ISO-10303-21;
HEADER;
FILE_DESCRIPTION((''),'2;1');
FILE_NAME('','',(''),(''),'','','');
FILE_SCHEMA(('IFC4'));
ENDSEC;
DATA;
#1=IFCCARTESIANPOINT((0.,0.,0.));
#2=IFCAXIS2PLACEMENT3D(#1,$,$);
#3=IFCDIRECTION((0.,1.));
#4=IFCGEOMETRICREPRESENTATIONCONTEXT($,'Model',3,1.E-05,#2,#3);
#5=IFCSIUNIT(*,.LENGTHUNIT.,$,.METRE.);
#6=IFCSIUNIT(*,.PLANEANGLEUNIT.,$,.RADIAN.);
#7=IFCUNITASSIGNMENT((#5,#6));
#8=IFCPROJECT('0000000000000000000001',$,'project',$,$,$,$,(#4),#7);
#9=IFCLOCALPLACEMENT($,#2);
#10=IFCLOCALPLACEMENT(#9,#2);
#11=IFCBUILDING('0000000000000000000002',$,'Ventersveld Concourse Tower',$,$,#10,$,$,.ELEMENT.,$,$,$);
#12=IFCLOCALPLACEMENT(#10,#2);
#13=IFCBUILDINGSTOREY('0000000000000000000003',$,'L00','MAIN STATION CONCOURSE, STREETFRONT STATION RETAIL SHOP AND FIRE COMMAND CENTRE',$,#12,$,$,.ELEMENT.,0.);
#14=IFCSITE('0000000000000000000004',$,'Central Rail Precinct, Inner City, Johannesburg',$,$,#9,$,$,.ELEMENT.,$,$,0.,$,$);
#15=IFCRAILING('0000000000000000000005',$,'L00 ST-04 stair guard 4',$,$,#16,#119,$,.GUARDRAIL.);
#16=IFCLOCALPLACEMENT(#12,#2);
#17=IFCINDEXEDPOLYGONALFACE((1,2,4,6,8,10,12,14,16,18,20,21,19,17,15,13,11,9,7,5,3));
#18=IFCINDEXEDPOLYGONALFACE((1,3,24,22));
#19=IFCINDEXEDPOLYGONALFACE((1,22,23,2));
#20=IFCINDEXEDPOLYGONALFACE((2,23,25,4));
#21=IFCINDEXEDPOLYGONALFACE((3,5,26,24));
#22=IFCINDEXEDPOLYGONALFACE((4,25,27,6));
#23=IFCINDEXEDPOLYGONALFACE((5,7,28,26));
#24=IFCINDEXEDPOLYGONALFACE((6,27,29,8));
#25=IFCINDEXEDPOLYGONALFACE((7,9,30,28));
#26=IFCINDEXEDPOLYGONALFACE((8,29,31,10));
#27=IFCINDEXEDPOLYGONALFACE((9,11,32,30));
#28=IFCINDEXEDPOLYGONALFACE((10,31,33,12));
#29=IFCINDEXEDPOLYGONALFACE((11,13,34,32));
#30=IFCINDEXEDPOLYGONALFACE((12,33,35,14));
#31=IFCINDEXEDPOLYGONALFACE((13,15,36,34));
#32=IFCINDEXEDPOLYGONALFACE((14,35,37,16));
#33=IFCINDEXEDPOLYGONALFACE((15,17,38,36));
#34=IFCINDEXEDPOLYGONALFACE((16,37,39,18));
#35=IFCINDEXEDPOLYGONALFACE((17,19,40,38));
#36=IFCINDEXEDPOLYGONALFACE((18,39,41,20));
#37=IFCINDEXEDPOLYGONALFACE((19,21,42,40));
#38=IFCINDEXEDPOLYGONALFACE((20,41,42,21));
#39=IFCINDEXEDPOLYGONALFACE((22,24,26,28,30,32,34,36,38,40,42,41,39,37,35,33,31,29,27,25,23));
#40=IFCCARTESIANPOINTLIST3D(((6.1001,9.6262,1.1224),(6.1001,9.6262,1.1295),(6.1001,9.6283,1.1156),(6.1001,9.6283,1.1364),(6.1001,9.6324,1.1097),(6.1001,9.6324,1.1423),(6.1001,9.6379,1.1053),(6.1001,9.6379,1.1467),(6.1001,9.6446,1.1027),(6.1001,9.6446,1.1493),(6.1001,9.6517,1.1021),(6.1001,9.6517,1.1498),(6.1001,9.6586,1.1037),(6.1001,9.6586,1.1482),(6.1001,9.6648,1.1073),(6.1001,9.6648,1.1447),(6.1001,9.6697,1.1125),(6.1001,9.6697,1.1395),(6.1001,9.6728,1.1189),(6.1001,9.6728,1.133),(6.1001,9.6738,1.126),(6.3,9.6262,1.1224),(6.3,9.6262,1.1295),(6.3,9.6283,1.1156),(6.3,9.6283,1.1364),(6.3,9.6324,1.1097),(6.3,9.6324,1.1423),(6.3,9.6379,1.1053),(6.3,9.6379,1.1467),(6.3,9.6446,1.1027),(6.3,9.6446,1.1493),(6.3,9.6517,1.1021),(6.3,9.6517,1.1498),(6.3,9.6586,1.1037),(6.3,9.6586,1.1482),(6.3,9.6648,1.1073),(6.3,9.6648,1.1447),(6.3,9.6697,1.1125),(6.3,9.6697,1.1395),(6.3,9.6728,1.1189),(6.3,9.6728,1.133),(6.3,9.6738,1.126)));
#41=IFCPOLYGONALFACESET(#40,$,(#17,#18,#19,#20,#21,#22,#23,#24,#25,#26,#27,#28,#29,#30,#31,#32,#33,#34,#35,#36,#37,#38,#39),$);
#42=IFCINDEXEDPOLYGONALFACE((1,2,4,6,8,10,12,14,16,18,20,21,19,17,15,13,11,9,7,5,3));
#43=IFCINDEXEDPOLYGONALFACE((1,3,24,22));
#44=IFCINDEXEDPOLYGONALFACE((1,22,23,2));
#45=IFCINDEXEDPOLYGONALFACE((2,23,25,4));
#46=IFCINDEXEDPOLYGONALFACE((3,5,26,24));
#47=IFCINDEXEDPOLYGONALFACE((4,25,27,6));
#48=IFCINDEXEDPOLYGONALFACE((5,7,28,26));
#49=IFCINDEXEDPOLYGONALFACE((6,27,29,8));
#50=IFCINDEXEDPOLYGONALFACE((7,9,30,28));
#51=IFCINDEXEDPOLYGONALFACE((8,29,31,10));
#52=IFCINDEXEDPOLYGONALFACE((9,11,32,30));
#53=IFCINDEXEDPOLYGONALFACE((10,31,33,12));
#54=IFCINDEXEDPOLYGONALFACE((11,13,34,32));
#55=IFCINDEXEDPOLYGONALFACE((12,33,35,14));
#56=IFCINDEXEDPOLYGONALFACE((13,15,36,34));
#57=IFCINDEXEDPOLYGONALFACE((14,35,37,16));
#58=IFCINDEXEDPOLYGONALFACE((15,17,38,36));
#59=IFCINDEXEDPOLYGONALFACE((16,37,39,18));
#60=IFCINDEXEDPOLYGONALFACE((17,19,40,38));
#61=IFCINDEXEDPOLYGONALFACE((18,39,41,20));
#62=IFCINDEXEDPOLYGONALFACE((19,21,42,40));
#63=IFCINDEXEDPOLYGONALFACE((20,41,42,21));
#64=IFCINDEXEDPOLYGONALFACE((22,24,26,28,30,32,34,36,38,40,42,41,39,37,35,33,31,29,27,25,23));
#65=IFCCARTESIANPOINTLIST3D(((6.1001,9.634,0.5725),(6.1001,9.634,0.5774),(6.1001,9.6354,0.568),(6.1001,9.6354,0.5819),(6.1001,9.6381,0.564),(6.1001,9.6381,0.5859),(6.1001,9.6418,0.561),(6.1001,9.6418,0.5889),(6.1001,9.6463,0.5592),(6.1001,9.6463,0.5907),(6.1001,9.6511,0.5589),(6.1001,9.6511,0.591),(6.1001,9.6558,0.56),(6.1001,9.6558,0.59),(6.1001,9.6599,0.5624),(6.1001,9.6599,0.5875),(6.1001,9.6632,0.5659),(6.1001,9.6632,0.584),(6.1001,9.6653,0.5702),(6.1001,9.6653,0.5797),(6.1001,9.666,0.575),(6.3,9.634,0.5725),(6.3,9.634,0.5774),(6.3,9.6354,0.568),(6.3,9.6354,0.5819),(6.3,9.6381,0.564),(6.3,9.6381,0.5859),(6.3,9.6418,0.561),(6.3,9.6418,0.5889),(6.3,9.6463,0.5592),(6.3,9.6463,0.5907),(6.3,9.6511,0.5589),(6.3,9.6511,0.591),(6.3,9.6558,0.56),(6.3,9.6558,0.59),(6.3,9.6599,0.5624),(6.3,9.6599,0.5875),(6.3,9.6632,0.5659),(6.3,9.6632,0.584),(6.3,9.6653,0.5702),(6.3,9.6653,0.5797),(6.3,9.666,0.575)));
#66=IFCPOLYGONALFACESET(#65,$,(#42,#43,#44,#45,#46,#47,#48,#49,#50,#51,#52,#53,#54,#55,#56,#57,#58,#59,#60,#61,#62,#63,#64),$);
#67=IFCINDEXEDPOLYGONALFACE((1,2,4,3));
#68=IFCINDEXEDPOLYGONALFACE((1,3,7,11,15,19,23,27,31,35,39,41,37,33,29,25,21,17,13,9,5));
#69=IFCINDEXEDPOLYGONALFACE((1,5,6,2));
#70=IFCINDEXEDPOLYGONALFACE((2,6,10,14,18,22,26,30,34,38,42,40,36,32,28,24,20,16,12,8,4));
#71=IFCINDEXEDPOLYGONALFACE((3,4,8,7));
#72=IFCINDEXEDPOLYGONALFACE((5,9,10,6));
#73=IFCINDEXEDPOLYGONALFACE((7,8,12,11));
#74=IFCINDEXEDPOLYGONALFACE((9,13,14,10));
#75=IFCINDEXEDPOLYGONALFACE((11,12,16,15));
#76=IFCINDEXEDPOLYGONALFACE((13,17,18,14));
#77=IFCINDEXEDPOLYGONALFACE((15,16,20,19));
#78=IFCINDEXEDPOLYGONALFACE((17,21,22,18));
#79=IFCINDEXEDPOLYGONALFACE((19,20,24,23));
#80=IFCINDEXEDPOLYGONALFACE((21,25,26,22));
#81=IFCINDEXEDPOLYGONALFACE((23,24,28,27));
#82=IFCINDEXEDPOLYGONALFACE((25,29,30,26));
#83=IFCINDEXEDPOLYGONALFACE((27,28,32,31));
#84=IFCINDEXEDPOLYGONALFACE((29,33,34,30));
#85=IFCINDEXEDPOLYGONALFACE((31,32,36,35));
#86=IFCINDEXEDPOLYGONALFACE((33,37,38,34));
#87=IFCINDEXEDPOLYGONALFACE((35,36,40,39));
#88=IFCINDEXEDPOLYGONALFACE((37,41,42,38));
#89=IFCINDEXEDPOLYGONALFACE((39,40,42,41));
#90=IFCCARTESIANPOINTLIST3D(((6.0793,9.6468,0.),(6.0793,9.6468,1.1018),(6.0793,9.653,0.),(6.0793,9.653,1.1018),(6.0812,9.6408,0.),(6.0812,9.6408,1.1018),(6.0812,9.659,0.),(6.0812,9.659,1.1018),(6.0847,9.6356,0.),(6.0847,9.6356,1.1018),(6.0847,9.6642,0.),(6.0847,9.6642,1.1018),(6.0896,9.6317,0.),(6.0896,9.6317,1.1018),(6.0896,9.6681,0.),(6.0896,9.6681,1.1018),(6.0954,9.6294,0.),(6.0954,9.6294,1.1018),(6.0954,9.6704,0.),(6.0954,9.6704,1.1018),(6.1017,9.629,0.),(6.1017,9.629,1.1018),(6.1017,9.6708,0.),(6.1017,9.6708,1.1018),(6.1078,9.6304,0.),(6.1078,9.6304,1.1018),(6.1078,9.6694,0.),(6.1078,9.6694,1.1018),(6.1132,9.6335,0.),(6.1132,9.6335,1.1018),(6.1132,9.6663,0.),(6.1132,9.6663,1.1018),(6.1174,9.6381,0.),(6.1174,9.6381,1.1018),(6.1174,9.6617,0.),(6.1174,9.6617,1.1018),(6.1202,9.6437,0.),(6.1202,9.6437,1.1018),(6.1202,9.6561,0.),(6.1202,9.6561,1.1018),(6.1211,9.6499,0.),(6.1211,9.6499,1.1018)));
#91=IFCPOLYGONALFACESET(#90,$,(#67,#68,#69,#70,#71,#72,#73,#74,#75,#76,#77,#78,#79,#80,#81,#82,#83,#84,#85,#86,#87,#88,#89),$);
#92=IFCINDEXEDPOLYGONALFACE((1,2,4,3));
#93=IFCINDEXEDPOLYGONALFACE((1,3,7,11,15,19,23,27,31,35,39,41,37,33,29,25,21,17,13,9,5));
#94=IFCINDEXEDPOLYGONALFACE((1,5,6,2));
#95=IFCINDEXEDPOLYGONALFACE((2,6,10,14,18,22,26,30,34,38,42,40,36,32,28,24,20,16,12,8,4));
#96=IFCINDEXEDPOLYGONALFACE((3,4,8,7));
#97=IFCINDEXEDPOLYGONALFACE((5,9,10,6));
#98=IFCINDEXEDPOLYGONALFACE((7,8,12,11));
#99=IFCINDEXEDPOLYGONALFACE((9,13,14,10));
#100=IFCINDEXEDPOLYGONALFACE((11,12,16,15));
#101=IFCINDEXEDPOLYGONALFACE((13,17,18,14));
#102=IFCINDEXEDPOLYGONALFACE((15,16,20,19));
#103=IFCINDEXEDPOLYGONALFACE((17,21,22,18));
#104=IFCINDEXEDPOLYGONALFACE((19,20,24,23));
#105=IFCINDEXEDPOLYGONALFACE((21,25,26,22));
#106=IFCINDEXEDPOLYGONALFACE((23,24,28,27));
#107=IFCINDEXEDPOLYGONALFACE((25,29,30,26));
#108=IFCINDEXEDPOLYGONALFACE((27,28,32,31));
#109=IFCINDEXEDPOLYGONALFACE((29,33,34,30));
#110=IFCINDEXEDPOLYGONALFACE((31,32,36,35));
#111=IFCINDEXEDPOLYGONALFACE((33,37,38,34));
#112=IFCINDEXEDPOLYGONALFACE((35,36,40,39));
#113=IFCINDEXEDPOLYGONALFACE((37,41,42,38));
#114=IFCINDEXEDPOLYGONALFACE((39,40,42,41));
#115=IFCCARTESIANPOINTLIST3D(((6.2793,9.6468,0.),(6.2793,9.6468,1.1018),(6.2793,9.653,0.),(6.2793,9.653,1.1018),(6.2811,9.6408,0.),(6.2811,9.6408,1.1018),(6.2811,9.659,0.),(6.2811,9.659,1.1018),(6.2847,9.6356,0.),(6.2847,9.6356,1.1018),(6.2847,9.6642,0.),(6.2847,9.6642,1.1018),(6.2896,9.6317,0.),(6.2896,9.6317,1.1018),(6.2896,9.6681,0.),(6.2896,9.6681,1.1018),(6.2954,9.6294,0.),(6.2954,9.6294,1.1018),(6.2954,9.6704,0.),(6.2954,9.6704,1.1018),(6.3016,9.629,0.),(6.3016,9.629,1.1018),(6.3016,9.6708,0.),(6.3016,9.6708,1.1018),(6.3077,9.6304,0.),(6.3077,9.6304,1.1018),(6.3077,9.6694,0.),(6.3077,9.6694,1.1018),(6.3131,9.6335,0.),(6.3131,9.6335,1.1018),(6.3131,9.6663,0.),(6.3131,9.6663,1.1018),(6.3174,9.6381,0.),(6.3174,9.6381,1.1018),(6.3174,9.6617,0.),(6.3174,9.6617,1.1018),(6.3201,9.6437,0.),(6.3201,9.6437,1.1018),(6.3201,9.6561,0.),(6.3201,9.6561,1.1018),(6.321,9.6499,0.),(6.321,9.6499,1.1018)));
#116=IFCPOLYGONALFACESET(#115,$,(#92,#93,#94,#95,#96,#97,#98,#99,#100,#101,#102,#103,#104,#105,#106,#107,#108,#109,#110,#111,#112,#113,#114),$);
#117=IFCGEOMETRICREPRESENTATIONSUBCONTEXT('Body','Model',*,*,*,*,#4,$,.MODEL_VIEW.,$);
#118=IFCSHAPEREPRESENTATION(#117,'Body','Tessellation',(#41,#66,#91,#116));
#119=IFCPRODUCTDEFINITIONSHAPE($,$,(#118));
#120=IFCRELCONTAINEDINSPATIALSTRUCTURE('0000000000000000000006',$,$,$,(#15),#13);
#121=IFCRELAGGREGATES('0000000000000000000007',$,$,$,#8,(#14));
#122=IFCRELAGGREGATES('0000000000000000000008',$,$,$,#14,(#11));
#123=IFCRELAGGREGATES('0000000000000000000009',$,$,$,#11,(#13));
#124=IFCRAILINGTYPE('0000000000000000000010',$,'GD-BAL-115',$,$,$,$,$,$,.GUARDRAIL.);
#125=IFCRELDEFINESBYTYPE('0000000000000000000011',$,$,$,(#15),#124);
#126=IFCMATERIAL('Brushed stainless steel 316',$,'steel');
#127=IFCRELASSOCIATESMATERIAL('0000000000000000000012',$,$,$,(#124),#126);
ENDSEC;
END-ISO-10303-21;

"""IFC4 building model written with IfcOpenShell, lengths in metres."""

from ifc_helpers import new_model, si_unit, direction, frame, origin, origin_2d, place, context, subcontext, project, spatial, circle, extrude, material, type_object, element, save


model = new_model("IFC4")

# Units and contexts
model_context = context("Model", 3, precision=1e-05, world=origin(), true_north=direction((0.0, 1.0)))
body_context = subcontext(model_context, "Body", "Model", "MODEL_VIEW")
ifc_project = project(units=[si_unit("LENGTHUNIT", "METRE"), si_unit("PLANEANGLEUNIT", "RADIAN")], contexts=[model_context])

# Site, building, storey
site_placement = place(None, origin())
site = spatial("IfcSite", under=ifc_project, at=site_placement, Name="Central Rail Precinct, Inner City, Johannesburg", CompositionType="ELEMENT", RefElevation=0.0)
building_placement = place(site_placement, origin())
building = spatial("IfcBuilding", under=site, at=building_placement, Name="Ventersveld Concourse Tower", CompositionType="ELEMENT")
storey_placement = place(building_placement, origin())
storey = spatial("IfcBuildingStorey", under=building, at=storey_placement, Name="L00", Description="MAIN STATION CONCOURSE, STREETFRONT STATION RETAIL SHOP AND FIRE COMMAND CENTRE", CompositionType="ELEMENT", Elevation=0.0)

# Shared definitions
ifc_material_1 = material(Name="Brushed stainless steel 316", Category="steel")

# Railing
railing_type_1 = type_object("IfcRailingType", Name="GD-BAL-115", PredefinedType="GUARDRAIL", material=ifc_material_1)
railing_1_placement = place(storey_placement, frame((6.1001, 9.6499, 0.0)))
element("IfcRailing", 1, at=railing_1_placement, inside=storey, type_object=railing_type_1, Name="L00 ST-04 stair guard 4", PredefinedType="GUARDRAIL", context=body_context, shape_type="SweptSolid", body=[
    extrude(circle(Radius=0.0239, at=origin_2d()), frame((0.0, 0.0, 1.126), z_axis=(1.0, 0.0, 0.0), x_axis=(0.0, 1.0, 0.0)), (0.0, 0.0, 1.0), 0.2),
    extrude(circle(Radius=0.0161, at=origin_2d()), frame((0.0, 0.0, 0.575), z_axis=(1.0, 0.0, 0.0), x_axis=(0.0, 1.0, 0.0)), (0.0, 0.0, 1.0), 0.2),
    extrude(circle(Radius=0.021, at=origin_2d()), origin(), (0.0, 0.0, 1.0), 1.1018),
    extrude(circle(Radius=0.021, at=origin_2d()), frame((0.2, 0.0, 0.0)), (0.0, 0.0, 1.0), 1.1018),
])

save(model, "model.ifc")
